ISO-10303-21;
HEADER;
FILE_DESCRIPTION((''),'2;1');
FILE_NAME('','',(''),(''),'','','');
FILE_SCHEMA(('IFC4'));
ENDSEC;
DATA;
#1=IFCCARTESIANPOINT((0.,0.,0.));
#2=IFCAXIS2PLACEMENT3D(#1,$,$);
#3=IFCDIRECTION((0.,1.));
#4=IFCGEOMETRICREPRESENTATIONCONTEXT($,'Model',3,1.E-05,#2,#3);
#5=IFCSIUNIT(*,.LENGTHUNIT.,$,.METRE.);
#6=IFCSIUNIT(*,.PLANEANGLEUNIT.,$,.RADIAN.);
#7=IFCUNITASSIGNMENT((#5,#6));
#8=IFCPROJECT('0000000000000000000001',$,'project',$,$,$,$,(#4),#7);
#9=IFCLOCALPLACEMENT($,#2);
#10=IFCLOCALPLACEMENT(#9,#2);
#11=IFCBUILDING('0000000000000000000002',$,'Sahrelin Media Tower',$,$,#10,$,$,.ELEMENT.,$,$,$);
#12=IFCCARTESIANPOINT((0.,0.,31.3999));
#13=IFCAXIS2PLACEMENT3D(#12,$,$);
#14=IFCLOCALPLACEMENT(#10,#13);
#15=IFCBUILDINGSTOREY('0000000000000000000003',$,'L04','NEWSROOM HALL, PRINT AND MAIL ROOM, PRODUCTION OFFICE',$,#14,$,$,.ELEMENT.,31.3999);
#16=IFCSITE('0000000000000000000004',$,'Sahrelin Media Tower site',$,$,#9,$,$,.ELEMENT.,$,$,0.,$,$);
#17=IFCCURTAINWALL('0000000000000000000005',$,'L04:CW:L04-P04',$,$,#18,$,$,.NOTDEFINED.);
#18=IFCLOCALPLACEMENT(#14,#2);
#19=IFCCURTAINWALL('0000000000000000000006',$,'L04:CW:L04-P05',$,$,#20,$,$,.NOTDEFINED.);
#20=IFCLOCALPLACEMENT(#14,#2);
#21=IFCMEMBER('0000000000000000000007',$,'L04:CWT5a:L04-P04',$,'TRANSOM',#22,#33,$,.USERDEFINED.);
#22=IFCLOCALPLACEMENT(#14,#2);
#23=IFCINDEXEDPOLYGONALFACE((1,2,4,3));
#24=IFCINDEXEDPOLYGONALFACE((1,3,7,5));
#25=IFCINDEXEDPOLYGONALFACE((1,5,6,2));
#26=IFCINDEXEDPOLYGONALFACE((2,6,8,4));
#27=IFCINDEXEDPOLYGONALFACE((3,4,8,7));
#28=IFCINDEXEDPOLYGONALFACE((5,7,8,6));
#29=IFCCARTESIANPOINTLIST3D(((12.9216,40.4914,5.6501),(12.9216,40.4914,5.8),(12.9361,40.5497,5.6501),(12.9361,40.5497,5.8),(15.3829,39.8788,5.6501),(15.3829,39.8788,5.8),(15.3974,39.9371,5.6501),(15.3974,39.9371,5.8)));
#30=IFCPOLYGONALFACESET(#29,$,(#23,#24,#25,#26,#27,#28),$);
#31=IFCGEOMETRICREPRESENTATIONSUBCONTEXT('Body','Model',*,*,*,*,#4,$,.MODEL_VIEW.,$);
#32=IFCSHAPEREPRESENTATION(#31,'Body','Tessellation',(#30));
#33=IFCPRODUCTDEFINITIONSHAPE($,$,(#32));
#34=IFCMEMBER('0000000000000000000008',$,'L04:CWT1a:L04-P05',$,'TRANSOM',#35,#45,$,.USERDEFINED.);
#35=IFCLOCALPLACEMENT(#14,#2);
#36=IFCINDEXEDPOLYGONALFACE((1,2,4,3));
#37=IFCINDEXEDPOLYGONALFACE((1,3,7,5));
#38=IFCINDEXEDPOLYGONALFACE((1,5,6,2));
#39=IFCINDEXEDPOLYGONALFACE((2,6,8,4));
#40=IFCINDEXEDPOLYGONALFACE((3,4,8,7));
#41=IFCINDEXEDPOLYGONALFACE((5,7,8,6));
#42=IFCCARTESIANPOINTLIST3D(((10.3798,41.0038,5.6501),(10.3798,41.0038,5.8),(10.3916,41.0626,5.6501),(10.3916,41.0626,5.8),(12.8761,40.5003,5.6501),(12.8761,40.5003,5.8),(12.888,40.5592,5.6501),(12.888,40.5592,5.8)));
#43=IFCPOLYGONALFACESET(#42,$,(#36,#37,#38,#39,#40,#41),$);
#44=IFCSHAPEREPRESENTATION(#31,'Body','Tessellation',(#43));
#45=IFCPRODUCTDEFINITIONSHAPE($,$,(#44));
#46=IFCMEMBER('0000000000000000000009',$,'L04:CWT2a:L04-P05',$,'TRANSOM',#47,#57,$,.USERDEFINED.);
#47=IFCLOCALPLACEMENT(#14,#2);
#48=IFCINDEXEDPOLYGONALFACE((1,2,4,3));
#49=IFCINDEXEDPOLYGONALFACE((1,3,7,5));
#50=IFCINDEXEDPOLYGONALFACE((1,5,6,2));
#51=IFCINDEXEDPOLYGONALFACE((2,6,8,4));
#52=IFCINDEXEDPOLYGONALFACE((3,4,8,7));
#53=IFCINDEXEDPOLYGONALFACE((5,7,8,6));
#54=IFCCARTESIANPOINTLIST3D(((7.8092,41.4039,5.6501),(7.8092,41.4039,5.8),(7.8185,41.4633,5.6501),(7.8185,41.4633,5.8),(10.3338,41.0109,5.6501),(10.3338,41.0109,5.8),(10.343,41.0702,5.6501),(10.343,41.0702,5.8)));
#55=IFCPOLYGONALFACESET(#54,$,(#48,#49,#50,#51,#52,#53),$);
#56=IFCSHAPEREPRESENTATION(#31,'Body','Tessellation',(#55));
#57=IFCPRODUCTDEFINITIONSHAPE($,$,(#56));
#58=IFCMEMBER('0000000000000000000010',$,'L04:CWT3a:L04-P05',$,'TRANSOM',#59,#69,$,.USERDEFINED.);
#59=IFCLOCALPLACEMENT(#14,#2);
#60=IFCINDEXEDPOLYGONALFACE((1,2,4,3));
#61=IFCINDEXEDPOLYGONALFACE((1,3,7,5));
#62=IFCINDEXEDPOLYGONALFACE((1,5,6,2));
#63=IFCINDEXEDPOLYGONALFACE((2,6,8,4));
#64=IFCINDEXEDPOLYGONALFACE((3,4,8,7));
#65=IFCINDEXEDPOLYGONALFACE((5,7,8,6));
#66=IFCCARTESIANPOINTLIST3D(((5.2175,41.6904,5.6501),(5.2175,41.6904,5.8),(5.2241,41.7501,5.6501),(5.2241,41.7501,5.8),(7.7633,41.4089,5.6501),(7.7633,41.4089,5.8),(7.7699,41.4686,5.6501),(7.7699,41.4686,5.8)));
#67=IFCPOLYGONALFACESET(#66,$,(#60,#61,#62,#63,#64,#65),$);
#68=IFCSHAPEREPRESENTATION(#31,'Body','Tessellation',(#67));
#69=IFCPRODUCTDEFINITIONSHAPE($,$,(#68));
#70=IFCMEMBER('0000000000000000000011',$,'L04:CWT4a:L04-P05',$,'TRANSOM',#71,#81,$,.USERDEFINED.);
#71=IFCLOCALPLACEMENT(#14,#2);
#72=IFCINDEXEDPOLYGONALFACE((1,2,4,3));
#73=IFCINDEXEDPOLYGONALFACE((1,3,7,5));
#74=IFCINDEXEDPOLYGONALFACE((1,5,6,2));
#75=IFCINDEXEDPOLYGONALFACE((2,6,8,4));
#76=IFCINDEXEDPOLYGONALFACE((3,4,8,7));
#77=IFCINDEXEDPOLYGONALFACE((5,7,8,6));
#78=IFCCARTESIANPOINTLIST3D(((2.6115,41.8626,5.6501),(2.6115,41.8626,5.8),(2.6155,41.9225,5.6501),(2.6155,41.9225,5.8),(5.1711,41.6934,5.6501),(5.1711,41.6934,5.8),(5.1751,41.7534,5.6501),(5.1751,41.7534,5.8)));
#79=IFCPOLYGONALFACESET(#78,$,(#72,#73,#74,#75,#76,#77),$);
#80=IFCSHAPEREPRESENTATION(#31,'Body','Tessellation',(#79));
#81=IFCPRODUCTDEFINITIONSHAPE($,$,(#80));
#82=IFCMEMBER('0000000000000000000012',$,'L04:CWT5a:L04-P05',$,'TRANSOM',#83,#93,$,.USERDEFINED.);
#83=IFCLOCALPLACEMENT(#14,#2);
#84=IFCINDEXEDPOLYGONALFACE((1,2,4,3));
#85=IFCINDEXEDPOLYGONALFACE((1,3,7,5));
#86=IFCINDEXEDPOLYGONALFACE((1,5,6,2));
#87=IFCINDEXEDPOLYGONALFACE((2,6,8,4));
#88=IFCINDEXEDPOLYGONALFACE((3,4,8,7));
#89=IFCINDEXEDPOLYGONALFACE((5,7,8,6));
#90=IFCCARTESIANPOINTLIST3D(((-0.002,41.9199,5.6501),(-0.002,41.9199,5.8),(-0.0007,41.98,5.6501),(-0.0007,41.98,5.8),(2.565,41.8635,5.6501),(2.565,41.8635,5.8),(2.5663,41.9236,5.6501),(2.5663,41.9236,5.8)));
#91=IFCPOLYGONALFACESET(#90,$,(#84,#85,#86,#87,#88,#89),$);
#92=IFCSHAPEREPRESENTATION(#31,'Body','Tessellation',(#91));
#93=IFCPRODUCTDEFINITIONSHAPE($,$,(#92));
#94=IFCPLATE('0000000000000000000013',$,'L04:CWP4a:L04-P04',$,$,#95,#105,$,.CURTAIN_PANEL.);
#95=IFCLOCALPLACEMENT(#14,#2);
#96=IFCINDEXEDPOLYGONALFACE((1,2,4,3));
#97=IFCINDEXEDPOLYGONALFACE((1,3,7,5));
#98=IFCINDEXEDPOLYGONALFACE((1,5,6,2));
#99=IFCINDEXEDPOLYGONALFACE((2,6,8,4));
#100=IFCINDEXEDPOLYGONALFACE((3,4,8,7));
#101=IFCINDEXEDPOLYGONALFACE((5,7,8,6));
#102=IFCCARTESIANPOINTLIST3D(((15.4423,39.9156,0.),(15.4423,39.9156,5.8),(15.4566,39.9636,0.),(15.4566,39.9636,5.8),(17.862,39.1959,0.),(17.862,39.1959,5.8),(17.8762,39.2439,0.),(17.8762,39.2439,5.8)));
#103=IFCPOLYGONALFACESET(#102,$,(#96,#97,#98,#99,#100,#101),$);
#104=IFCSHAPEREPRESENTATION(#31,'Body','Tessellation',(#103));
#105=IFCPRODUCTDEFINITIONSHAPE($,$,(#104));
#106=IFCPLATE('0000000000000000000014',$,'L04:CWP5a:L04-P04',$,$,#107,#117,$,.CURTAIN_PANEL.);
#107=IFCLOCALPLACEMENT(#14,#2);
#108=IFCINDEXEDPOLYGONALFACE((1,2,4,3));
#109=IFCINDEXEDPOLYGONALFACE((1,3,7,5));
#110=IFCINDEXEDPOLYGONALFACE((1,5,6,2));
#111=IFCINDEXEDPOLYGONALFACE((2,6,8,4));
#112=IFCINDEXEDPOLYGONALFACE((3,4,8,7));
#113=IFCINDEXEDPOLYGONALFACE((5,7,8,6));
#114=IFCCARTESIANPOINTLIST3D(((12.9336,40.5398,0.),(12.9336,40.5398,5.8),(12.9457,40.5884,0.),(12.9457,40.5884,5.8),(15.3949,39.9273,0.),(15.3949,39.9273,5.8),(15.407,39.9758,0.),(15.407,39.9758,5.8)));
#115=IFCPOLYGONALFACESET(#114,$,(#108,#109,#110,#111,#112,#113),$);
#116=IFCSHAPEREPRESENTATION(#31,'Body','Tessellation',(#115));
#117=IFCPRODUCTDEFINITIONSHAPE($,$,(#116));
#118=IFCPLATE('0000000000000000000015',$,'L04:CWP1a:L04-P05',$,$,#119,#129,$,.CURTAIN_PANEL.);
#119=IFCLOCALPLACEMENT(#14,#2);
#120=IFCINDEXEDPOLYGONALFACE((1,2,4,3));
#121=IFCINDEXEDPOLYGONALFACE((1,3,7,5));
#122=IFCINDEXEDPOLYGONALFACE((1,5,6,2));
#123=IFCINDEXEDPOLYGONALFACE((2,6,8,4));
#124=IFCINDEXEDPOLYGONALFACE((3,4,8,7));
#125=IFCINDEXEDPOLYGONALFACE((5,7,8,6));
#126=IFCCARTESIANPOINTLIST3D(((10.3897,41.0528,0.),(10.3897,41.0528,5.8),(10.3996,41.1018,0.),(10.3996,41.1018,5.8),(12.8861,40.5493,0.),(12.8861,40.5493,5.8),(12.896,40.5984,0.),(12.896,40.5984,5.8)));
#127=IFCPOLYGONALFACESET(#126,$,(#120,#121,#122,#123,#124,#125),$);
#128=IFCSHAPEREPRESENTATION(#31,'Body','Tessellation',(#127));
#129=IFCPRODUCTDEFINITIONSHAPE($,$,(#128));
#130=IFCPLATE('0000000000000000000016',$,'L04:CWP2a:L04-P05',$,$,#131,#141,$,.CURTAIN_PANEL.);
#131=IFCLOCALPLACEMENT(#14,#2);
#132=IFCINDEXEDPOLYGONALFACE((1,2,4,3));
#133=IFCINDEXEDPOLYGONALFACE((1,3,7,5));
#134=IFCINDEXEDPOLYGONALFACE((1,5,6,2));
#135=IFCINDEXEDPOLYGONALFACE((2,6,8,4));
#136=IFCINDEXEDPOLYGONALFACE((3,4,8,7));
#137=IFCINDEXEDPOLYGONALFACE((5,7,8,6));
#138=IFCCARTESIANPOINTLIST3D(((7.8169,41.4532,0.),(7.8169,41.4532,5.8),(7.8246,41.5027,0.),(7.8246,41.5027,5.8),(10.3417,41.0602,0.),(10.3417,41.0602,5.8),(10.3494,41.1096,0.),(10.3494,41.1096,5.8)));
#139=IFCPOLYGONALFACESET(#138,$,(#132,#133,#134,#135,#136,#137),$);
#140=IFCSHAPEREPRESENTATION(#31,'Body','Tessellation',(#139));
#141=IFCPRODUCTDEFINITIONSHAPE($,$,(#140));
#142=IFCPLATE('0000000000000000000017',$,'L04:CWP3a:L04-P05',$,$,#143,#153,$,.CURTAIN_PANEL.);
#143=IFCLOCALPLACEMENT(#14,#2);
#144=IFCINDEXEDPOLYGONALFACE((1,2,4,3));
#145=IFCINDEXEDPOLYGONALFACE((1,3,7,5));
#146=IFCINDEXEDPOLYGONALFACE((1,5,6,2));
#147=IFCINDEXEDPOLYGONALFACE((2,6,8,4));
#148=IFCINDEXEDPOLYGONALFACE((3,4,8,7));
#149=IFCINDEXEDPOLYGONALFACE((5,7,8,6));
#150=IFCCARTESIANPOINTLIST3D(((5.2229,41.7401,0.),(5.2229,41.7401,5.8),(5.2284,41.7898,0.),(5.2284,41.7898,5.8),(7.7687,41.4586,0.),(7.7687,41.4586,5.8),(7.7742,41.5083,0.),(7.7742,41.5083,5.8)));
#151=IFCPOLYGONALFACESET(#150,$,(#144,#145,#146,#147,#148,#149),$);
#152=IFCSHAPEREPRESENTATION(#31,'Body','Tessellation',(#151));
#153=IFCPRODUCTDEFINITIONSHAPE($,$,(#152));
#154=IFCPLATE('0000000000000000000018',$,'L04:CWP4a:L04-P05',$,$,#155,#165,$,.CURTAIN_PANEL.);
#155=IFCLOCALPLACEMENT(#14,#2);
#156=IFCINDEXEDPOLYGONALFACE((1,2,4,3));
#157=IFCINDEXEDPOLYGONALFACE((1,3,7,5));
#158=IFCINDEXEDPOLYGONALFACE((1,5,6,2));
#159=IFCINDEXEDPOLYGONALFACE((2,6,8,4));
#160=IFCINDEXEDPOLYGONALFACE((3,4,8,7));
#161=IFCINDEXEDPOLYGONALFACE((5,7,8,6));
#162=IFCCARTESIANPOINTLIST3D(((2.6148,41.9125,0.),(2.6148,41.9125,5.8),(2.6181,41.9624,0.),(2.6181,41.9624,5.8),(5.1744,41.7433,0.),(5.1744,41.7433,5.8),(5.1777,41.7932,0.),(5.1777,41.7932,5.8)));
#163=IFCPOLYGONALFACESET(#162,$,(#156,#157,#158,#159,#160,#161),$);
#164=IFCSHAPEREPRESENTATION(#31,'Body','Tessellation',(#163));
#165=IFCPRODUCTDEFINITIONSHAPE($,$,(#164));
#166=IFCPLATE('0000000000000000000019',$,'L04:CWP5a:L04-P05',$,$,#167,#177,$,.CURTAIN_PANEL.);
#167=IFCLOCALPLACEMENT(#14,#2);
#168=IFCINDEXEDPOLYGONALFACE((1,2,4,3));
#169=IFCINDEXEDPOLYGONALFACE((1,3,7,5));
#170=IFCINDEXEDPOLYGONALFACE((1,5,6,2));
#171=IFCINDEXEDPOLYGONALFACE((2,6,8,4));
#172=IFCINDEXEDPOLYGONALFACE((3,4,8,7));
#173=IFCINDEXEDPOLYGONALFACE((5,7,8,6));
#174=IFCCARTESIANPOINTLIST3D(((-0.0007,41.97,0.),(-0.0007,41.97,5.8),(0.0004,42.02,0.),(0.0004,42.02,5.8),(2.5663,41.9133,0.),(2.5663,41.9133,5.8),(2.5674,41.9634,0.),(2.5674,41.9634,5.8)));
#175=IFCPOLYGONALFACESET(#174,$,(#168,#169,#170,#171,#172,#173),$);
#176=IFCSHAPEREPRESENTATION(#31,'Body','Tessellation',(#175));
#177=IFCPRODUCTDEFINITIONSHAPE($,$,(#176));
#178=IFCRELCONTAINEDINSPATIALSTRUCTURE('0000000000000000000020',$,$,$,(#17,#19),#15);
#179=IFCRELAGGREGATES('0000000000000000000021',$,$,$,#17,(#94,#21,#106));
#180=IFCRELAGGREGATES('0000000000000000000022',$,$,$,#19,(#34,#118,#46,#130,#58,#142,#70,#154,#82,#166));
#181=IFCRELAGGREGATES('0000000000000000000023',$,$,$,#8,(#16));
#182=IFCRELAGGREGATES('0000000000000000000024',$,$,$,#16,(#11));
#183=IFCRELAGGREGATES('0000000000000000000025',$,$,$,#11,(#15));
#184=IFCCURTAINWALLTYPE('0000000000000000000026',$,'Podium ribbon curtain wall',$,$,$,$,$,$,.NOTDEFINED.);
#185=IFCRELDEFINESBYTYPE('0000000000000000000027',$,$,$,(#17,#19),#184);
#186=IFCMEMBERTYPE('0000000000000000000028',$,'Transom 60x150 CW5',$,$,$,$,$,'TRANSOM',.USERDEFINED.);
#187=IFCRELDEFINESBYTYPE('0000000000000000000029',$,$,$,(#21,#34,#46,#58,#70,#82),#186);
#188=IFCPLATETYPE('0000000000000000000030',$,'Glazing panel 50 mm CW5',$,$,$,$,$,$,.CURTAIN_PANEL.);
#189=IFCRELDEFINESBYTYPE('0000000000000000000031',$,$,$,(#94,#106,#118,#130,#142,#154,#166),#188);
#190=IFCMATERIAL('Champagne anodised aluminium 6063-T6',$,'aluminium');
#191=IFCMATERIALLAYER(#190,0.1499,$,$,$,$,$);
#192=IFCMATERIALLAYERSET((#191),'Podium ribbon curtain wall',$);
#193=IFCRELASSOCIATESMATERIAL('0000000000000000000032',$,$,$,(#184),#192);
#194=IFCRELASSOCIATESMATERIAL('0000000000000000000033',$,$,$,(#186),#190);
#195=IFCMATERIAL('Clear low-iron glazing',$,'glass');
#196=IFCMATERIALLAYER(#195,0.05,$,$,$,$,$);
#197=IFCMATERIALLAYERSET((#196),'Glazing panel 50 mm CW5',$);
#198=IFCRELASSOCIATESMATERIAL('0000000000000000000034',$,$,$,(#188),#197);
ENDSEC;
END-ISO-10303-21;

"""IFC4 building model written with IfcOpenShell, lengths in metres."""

from ifc_helpers import new_model, si_unit, direction, frame, origin, origin_2d, place, context, subcontext, project, spatial, polyline, rectangle, outline, extrude, material, layer, layer_set, material_profile, profile_set, type_object, element, aggregate, save


model = new_model("IFC4")

# Units and contexts
model_context = context("Model", 3, precision=1e-05, world=origin(), true_north=direction((0.0, 1.0)))
body_context = subcontext(model_context, "Body", "Model", "MODEL_VIEW")
ifc_project = project(units=[si_unit("LENGTHUNIT", "METRE"), si_unit("PLANEANGLEUNIT", "RADIAN")], contexts=[model_context])

# Site, building, storey
site_placement = place(None, origin())
site = spatial("IfcSite", under=ifc_project, at=site_placement, Name="Sahrelin Media Tower site", CompositionType="ELEMENT", RefElevation=0.0)
building_placement = place(site_placement, origin())
building = spatial("IfcBuilding", under=site, at=building_placement, Name="Sahrelin Media Tower", CompositionType="ELEMENT")
storey_placement = place(building_placement, frame((0.0, 0.0, 31.3999)))
storey = spatial("IfcBuildingStorey", under=building, at=storey_placement, Name="L04", Description="NEWSROOM HALL, PRINT AND MAIL ROOM, PRODUCTION OFFICE", CompositionType="ELEMENT", Elevation=31.3999)

# Curtain walls
ifc_material_1 = material(Name="Champagne anodised aluminium 6063-T6", Category="aluminium")
ifc_layer_1 = layer(ifc_material_1, 0.1499)
ifc_layer_set_1 = layer_set([ifc_layer_1], Name="Podium ribbon curtain wall")
curtain_wall_type = type_object("IfcCurtainWallType", Name="Podium ribbon curtain wall", PredefinedType="NOTDEFINED", material=ifc_layer_set_1)
curtain_wall_1_placement = place(storey_placement, frame((25.0, 36.373, 0.0), z_axis=(0.0, 0.0, 1.0), x_axis=(1.0, 0.0, 0.0)))
curtain_wall_1 = element("IfcCurtainWall", 1, at=curtain_wall_1_placement, inside=storey, type_object=curtain_wall_type, Name="L04:CW:L04-P04", PredefinedType="NOTDEFINED")
curtain_wall_2_placement = place(storey_placement, frame((12.9409, 40.5688, 0.0), z_axis=(0.0, 0.0, 1.0), x_axis=(1.0, 0.0, 0.0)))
curtain_wall_2 = element("IfcCurtainWall", 2, at=curtain_wall_2_placement, inside=storey, type_object=curtain_wall_type, Name="L04:CW:L04-P05", PredefinedType="NOTDEFINED")

# Members
ifc_material_profile_1 = material_profile(ifc_material_1, rectangle(XDim=0.0601, YDim=0.1499, at=origin_2d()), Name="Transom 60x150")
ifc_profile_set_1 = profile_set([ifc_material_profile_1], Name="Champagne anodised aluminium 6063-T6")
member_type_1 = type_object("IfcMemberType", Name="Transom 60x150 CW5", ElementType="TRANSOM", PredefinedType="USERDEFINED", material=ifc_profile_set_1)
member_1_placement = place(storey_placement, frame((15.3901, 39.908, 5.7251), z_axis=(-0.970397, 0.241516, 0.0), x_axis=(-0.241516, -0.970397, 0.0)))
member_1 = element("IfcMember", 3, at=member_1_placement, type_object=member_type_1, Name="L04:CWT5a:L04-P04", ObjectType="TRANSOM", PredefinedType="USERDEFINED", context=body_context, shape_type="SweptSolid", body=[
    extrude(rectangle(XDim=0.0601, YDim=0.1499, at=origin_2d()), origin(), (0.0, 0.0, 1.0), 2.5364),
])
member_2_placement = place(storey_placement, frame((12.8821, 40.5298, 5.7251), z_axis=(-0.980266, 0.197683, 0.0), x_axis=(-0.197683, -0.980266, 0.0)))
member_2 = element("IfcMember", 4, at=member_2_placement, type_object=member_type_1, Name="L04:CWT1a:L04-P05", ObjectType="TRANSOM", PredefinedType="USERDEFINED", context=body_context, shape_type="SweptSolid", body=[
    extrude(rectangle(XDim=0.0601, YDim=0.1499, at=origin_2d()), origin(), (0.0, 0.0, 1.0), 2.5466),
])
member_3_placement = place(storey_placement, frame((10.3384, 41.0405, 5.7251), z_axis=(-0.988094, 0.153852, 0.0), x_axis=(-0.153852, -0.988094, 0.0)))
member_3 = element("IfcMember", 5, at=member_3_placement, type_object=member_type_1, Name="L04:CWT2a:L04-P05", ObjectType="TRANSOM", PredefinedType="USERDEFINED", context=body_context, shape_type="SweptSolid", body=[
    extrude(rectangle(XDim=0.0601, YDim=0.1499, at=origin_2d()), origin(), (0.0, 0.0, 1.0), 2.5549),
])
member_4_placement = place(storey_placement, frame((7.7666, 41.4387, 5.7251), z_axis=(-0.993942, 0.109908, 0.0), x_axis=(-0.109908, -0.993942, 0.0)))
member_4 = element("IfcMember", 6, at=member_4_placement, type_object=member_type_1, Name="L04:CWT3a:L04-P05", ObjectType="TRANSOM", PredefinedType="USERDEFINED", context=body_context, shape_type="SweptSolid", body=[
    extrude(rectangle(XDim=0.0601, YDim=0.1499, at=origin_2d()), origin(), (0.0, 0.0, 1.0), 2.5613),
])
member_5_placement = place(storey_placement, frame((5.1731, 41.7234, 5.7251), z_axis=(-0.997822, 0.065957, 0.0), x_axis=(-0.065957, -0.997822, 0.0)))
member_5 = element("IfcMember", 7, at=member_5_placement, type_object=member_type_1, Name="L04:CWT4a:L04-P05", ObjectType="TRANSOM", PredefinedType="USERDEFINED", context=body_context, shape_type="SweptSolid", body=[
    extrude(rectangle(XDim=0.0601, YDim=0.1499, at=origin_2d()), origin(), (0.0, 0.0, 1.0), 2.5652),
])
member_6_placement = place(storey_placement, frame((2.5657, 41.8936, 5.7251), z_axis=(-0.999759, 0.021965, 0.0), x_axis=(-0.021965, -0.999759, 0.0)))
member_6 = element("IfcMember", 8, at=member_6_placement, type_object=member_type_1, Name="L04:CWT5a:L04-P05", ObjectType="TRANSOM", PredefinedType="USERDEFINED", context=body_context, shape_type="SweptSolid", body=[
    extrude(rectangle(XDim=0.0601, YDim=0.1499, at=origin_2d()), origin(), (0.0, 0.0, 1.0), 2.5676),
])

# Plates
ifc_material_2 = material(Name="Clear low-iron glazing", Category="glass")
ifc_layer_2 = layer(ifc_material_2, 0.05)
ifc_layer_set_2 = layer_set([ifc_layer_2], Name="Glazing panel 50 mm CW5")
plate_type = type_object("IfcPlateType", Name="Glazing panel 50 mm CW5", PredefinedType="CURTAIN_PANEL", material=ifc_layer_set_2)
plate_1_placement = place(storey_placement, frame((17.8762, 39.2439, 0.0), z_axis=(0.285102, 0.958497, 0.0), x_axis=(-0.958497, 0.285102, 0.0)))
plate_1 = element("IfcPlate", 9, at=plate_1_placement, type_object=plate_type, Name="L04:CWP4a:L04-P04", PredefinedType="CURTAIN_PANEL", context=body_context, shape_type="SweptSolid", body=[
    extrude(outline(polyline([(0.0, 0.0), (2.5244, 0.0), (2.5244, 5.8), (0.0, 5.8), (0.0, 0.0)])), origin(), (0.0, 0.0, -1.0), 0.05),
])
plate_2_placement = place(storey_placement, frame((15.407, 39.9758, 0.0), z_axis=(0.241516, 0.970397, 0.0), x_axis=(-0.970397, 0.241516, 0.0)))
plate_2 = element("IfcPlate", 10, at=plate_2_placement, type_object=plate_type, Name="L04:CWP5a:L04-P04", PredefinedType="CURTAIN_PANEL", context=body_context, shape_type="SweptSolid", body=[
    extrude(outline(polyline([(0.0, 0.0), (2.5364, 0.0), (2.5364, 5.8), (0.0, 5.8), (0.0, 0.0)])), origin(), (0.0, 0.0, -1.0), 0.05),
])
aggregate(curtain_wall_1, [plate_1, member_1, plate_2])
plate_3_placement = place(storey_placement, frame((12.896, 40.5984, 0.0), z_axis=(0.197683, 0.980266, 0.0), x_axis=(-0.980266, 0.197683, 0.0)))
plate_3 = element("IfcPlate", 11, at=plate_3_placement, type_object=plate_type, Name="L04:CWP1a:L04-P05", PredefinedType="CURTAIN_PANEL", context=body_context, shape_type="SweptSolid", body=[
    extrude(outline(polyline([(0.0, 0.0), (2.5466, 0.0), (2.5466, 5.8), (0.0, 5.8), (0.0, 0.0)])), origin(), (0.0, 0.0, -1.0), 0.05),
])
plate_4_placement = place(storey_placement, frame((10.3494, 41.1096, 0.0), z_axis=(0.153838, 0.988096, 0.0), x_axis=(-0.988096, 0.153838, 0.0)))
plate_4 = element("IfcPlate", 12, at=plate_4_placement, type_object=plate_type, Name="L04:CWP2a:L04-P05", PredefinedType="CURTAIN_PANEL", context=body_context, shape_type="SweptSolid", body=[
    extrude(outline(polyline([(0.0, 0.0), (2.5552, 0.0), (2.5552, 5.8), (0.0, 5.8), (0.0, 0.0)])), origin(), (0.0, 0.0, -1.0), 0.05),
])
plate_5_placement = place(storey_placement, frame((7.7742, 41.5083, 0.0), z_axis=(0.109908, 0.993942, 0.0), x_axis=(-0.993942, 0.109908, 0.0)))
plate_5 = element("IfcPlate", 13, at=plate_5_placement, type_object=plate_type, Name="L04:CWP3a:L04-P05", PredefinedType="CURTAIN_PANEL", context=body_context, shape_type="SweptSolid", body=[
    extrude(outline(polyline([(0.0, 0.0), (2.5613, 0.0), (2.5613, 5.8), (0.0, 5.8), (0.0, 0.0)])), origin(), (0.0, 0.0, -1.0), 0.05),
])
plate_6_placement = place(storey_placement, frame((5.1777, 41.7932, 0.0), z_axis=(0.065957, 0.997822, 0.0), x_axis=(-0.997822, 0.065957, 0.0)))
plate_6 = element("IfcPlate", 14, at=plate_6_placement, type_object=plate_type, Name="L04:CWP4a:L04-P05", PredefinedType="CURTAIN_PANEL", context=body_context, shape_type="SweptSolid", body=[
    extrude(outline(polyline([(0.0, 0.0), (2.5652, 0.0), (2.5652, 5.8), (0.0, 5.8), (0.0, 0.0)])), origin(), (0.0, 0.0, -1.0), 0.05),
])
plate_7_placement = place(storey_placement, frame((2.5674, 41.9634, 0.0), z_axis=(0.02206, 0.999757, 0.0), x_axis=(-0.999757, 0.02206, 0.0)))
plate_7 = element("IfcPlate", 15, at=plate_7_placement, type_object=plate_type, Name="L04:CWP5a:L04-P05", PredefinedType="CURTAIN_PANEL", context=body_context, shape_type="SweptSolid", body=[
    extrude(outline(polyline([(0.0, 0.0), (2.5676, 0.0), (2.5676, 5.8), (0.0, 5.8), (0.0, 0.0)])), origin(), (0.0, 0.0, -1.0), 0.05),
])
aggregate(curtain_wall_2, [member_2, plate_3, member_3, plate_4, member_4, plate_5, member_5, plate_6, member_6, plate_7])

save(model, "model.ifc")
